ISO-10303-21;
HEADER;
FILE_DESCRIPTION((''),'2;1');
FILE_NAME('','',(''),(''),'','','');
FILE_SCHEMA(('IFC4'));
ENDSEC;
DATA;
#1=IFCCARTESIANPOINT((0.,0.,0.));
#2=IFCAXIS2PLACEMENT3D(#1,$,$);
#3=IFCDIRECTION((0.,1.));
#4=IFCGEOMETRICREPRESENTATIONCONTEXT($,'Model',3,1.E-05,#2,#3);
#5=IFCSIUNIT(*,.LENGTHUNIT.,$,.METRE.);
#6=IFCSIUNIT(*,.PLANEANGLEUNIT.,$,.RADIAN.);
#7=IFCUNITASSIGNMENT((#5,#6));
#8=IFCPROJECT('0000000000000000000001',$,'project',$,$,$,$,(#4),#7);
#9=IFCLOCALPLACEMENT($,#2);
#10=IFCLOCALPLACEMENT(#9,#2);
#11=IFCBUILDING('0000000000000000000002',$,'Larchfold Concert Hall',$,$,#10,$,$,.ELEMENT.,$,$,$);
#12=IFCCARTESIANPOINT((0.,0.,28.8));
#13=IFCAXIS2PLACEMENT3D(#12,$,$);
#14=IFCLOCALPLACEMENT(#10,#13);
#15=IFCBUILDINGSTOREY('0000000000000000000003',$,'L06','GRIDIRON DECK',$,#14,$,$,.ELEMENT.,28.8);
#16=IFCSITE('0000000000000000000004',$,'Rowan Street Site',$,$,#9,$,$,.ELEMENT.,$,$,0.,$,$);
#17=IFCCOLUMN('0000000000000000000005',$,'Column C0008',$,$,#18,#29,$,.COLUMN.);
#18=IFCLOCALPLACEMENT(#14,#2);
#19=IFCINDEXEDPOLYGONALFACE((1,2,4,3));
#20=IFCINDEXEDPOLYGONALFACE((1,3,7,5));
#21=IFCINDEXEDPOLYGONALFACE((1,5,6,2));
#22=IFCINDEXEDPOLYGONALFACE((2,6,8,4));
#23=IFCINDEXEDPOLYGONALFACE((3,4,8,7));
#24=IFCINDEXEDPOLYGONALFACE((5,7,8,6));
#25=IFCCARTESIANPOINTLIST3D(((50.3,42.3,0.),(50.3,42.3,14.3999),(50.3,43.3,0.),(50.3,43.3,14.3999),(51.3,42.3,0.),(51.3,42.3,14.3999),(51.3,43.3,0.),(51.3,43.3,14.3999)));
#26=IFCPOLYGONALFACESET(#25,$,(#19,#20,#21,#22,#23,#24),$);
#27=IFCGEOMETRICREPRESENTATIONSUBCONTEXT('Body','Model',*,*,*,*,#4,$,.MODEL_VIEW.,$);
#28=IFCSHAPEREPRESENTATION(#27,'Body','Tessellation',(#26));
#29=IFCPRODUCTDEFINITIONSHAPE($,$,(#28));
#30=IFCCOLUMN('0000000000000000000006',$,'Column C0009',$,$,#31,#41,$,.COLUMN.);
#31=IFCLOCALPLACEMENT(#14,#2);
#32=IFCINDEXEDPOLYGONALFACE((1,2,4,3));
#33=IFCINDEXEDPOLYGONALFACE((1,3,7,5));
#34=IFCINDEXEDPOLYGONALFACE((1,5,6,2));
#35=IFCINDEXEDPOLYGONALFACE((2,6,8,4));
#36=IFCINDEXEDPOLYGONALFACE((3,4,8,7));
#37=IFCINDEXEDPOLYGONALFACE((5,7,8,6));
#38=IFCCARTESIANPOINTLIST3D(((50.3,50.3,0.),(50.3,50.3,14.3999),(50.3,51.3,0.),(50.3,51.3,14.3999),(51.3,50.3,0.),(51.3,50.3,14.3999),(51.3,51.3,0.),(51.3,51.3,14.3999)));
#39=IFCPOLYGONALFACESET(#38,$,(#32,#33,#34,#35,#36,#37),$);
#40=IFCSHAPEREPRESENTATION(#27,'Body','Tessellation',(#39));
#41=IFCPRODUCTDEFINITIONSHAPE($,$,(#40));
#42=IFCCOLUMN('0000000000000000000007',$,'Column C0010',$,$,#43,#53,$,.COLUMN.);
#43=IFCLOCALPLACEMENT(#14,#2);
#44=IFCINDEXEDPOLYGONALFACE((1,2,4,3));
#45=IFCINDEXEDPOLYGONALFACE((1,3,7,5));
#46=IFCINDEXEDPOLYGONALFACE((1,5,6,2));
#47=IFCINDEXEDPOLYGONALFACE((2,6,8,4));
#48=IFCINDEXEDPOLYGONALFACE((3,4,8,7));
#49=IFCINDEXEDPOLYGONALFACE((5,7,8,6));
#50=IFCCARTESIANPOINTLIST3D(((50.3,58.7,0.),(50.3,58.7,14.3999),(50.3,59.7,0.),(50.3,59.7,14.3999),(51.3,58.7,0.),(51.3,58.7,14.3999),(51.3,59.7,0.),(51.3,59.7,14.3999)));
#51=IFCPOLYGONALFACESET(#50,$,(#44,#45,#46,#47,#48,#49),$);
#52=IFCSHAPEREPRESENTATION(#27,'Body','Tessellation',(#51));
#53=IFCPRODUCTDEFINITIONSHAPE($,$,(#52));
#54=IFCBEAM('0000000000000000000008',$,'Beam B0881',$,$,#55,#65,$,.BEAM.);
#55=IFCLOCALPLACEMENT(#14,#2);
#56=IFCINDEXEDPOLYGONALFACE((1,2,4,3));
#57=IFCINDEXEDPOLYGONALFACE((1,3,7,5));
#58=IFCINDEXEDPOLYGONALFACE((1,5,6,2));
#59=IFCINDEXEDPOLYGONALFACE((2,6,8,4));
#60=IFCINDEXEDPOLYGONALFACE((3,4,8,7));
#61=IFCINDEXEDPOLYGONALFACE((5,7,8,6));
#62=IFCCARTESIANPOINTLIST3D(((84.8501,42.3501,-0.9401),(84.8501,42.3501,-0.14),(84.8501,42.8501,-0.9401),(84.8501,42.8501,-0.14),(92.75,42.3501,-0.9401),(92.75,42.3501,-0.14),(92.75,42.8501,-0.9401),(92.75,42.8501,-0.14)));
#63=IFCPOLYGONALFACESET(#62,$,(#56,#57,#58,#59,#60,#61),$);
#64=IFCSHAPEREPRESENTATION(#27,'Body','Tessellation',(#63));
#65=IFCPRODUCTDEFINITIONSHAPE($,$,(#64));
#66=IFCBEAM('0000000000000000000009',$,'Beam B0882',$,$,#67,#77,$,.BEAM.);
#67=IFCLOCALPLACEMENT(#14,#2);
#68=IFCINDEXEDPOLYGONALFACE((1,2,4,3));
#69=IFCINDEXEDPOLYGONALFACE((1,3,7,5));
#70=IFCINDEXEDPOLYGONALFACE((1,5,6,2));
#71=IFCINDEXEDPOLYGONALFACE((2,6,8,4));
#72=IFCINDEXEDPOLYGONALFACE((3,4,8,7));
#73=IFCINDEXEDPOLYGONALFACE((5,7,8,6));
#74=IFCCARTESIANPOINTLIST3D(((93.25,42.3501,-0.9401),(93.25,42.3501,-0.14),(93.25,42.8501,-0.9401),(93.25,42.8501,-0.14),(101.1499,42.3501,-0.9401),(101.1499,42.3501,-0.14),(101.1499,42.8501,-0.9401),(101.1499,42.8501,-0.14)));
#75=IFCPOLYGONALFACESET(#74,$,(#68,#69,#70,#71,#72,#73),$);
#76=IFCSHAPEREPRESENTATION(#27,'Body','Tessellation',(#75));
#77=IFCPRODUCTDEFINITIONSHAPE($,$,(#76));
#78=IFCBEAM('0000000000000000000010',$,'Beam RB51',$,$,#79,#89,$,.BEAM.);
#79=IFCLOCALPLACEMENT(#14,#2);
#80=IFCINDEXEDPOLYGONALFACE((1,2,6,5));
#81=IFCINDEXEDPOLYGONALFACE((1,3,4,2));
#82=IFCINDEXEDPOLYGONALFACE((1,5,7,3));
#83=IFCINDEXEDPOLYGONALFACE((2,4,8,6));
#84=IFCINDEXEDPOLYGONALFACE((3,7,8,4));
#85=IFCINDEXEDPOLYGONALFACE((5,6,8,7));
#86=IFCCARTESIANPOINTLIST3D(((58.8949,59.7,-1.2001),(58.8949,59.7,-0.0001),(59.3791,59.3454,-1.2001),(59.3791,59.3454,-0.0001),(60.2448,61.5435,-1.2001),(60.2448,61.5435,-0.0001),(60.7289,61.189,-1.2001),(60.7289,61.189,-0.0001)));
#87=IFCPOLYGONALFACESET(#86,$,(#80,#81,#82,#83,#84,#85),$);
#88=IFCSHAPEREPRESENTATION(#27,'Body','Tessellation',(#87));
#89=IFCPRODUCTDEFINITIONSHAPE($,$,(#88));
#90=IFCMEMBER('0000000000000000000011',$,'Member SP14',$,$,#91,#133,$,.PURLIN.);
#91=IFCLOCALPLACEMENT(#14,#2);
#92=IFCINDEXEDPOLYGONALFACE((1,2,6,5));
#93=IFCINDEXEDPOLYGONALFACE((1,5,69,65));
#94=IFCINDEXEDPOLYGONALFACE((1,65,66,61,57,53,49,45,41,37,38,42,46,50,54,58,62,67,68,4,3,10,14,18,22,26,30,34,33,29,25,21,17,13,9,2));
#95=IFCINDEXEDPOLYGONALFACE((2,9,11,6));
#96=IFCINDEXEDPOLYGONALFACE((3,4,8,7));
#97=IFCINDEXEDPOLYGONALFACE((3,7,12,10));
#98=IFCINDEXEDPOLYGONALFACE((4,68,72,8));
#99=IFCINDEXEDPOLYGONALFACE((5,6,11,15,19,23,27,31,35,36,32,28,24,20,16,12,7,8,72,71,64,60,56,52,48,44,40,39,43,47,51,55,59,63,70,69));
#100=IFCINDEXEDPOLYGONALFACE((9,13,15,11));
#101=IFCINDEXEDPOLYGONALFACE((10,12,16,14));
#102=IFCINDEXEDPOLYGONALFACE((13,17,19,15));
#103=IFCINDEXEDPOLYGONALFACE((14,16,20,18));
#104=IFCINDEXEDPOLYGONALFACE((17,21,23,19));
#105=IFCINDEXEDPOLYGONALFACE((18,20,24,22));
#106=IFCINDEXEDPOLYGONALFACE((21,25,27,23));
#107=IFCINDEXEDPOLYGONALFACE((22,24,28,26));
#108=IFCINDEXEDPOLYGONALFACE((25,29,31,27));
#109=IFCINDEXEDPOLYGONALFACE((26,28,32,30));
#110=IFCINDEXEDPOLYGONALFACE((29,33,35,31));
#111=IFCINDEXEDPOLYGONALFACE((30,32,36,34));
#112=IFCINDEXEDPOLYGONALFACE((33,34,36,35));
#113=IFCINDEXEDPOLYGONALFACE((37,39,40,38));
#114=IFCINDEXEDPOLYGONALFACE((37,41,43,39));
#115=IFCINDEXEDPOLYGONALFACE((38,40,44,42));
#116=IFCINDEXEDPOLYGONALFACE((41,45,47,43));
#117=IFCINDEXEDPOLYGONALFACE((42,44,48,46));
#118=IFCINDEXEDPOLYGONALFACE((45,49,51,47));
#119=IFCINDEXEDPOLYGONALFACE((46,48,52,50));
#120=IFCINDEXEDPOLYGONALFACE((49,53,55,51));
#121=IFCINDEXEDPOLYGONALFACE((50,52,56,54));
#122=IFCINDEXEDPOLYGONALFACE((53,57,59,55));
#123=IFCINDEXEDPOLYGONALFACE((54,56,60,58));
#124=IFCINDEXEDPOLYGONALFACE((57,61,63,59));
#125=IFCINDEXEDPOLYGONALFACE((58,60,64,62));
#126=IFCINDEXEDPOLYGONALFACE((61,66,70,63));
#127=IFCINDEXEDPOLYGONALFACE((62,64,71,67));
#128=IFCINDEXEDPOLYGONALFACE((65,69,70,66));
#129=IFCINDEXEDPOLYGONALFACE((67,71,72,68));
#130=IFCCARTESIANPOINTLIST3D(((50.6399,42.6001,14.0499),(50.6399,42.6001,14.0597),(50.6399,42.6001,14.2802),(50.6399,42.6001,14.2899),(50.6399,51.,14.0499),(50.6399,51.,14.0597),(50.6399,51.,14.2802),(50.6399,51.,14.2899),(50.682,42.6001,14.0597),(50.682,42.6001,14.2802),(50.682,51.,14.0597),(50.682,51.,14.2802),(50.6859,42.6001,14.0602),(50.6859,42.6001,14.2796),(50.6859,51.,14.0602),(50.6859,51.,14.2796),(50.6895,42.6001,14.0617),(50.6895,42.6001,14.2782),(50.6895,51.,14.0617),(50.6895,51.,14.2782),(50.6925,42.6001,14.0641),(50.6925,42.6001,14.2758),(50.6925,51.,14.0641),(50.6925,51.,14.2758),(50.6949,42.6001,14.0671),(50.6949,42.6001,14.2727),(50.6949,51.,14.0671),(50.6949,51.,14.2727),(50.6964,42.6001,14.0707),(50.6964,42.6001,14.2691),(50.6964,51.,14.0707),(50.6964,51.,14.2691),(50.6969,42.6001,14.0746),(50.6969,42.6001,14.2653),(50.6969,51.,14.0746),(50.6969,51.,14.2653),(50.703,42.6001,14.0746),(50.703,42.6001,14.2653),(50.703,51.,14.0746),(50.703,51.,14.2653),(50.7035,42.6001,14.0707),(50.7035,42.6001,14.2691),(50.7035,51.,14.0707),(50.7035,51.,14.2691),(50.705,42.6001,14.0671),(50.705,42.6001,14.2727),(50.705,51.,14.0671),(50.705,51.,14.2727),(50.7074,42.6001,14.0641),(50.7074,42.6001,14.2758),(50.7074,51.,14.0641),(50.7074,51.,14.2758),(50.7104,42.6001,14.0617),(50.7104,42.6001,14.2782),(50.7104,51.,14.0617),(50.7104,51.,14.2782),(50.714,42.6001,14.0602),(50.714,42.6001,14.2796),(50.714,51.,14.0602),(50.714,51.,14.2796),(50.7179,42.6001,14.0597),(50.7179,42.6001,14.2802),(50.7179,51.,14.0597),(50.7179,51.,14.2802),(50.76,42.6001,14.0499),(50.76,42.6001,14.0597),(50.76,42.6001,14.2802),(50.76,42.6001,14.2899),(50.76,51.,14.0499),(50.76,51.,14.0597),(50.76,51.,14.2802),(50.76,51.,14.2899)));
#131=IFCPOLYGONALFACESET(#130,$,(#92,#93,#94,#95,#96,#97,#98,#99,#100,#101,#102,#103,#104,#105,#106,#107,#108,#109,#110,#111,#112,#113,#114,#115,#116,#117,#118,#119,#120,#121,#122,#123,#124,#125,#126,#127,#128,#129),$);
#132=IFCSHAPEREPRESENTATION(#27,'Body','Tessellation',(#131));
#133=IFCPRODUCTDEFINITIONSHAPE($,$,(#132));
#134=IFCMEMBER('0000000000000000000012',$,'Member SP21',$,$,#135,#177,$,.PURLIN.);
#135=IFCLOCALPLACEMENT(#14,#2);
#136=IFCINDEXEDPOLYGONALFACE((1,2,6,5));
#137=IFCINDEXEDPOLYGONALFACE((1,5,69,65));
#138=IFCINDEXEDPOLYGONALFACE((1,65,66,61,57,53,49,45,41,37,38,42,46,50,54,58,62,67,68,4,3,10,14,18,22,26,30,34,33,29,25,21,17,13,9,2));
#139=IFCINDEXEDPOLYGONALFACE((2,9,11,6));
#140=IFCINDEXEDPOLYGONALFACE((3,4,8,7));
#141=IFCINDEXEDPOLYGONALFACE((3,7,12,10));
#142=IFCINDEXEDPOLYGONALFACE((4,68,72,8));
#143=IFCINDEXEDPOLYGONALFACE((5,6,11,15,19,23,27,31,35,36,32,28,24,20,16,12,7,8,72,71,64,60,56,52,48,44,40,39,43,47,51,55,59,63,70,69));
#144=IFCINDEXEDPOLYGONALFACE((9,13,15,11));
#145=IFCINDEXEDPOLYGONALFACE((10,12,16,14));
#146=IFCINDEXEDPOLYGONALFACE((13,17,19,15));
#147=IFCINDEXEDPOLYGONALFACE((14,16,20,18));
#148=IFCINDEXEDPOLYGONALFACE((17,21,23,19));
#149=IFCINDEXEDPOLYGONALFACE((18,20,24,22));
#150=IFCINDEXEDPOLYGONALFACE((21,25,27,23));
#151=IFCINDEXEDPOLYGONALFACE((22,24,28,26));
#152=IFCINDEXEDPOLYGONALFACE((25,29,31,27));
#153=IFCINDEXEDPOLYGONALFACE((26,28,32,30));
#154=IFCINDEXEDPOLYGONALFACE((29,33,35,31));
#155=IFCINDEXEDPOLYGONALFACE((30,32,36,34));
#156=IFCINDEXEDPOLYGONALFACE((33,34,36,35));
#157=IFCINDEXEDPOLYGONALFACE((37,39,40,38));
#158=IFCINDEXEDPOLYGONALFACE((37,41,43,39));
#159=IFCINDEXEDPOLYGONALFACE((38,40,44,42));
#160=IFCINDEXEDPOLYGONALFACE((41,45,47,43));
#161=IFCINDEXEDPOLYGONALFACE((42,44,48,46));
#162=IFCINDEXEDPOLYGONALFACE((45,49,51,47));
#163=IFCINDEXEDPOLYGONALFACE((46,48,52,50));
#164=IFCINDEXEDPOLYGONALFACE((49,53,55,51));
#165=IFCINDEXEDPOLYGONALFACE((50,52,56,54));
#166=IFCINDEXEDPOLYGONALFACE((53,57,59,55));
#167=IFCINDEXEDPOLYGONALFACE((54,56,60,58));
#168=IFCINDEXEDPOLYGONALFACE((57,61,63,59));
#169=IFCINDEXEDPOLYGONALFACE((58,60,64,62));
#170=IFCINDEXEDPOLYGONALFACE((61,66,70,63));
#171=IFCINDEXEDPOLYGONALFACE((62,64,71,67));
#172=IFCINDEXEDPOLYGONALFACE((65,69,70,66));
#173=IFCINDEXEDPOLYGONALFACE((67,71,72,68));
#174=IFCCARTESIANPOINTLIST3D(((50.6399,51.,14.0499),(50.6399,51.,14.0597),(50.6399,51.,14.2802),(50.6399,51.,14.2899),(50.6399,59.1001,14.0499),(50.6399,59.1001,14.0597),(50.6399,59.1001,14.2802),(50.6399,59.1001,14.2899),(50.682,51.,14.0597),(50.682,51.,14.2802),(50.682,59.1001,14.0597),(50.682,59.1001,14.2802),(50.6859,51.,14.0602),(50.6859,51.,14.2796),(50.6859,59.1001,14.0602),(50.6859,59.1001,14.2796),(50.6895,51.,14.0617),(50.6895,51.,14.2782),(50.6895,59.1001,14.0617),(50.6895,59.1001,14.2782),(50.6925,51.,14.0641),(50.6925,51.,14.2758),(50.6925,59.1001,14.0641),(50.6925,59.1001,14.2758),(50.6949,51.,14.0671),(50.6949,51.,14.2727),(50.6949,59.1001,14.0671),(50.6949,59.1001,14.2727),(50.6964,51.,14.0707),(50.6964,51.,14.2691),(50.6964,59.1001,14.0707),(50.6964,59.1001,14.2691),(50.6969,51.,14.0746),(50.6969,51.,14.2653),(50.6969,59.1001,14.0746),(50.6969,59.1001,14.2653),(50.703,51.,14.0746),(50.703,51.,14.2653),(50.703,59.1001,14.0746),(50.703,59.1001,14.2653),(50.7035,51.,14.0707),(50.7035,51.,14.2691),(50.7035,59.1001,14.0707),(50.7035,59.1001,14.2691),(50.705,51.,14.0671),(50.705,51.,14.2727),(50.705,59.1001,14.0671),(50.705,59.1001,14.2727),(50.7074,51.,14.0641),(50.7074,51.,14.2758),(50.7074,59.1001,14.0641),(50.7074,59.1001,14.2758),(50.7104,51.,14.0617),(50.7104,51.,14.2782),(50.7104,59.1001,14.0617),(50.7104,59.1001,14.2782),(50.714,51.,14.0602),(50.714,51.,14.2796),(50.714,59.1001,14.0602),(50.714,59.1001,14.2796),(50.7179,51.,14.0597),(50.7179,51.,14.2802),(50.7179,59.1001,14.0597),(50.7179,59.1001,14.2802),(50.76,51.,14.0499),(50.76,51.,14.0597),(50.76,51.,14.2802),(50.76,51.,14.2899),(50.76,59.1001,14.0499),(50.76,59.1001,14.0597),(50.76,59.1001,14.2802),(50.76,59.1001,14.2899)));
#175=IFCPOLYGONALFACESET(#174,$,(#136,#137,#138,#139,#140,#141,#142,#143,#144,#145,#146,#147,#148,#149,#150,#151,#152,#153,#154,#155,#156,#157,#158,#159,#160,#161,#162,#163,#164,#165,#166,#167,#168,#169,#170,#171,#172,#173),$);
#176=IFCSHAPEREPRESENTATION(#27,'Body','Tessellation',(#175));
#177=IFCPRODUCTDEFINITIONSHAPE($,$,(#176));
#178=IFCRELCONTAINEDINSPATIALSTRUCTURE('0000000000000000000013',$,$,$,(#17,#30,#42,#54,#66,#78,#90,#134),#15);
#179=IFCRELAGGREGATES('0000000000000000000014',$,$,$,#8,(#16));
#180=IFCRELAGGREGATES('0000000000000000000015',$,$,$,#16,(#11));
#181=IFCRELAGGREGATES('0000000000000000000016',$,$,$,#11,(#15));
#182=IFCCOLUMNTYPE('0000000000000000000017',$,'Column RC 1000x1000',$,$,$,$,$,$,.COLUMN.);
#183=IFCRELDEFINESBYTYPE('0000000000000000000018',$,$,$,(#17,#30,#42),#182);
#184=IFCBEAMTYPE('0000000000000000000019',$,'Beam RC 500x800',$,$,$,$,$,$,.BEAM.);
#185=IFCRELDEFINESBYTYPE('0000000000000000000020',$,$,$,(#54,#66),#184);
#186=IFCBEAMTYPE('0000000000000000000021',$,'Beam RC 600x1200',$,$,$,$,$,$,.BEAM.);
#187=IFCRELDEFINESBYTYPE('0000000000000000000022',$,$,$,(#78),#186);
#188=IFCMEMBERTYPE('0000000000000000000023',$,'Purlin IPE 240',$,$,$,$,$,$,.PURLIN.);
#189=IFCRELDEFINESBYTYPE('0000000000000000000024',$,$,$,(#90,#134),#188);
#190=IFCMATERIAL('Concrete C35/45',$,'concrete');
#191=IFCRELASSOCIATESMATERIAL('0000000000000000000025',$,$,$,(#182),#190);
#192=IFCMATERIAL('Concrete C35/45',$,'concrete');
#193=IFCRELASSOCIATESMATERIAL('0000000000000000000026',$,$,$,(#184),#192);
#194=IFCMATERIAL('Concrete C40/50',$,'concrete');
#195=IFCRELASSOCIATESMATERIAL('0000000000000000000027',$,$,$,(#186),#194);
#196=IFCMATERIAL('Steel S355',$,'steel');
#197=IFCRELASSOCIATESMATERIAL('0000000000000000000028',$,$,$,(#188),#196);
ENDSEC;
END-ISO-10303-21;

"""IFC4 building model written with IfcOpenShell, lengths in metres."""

from ifc_helpers import new_model, si_unit, direction, frame, origin, origin_2d, place, context, subcontext, project, spatial, rectangle, i_section, extrude, material, material_profile, profile_set, type_object, element, save


model = new_model("IFC4")

# Units and contexts
model_context = context("Model", 3, precision=1e-05, world=origin(), true_north=direction((0.0, 1.0)))
body_context = subcontext(model_context, "Body", "Model", "MODEL_VIEW")
ifc_project = project(units=[si_unit("LENGTHUNIT", "METRE"), si_unit("PLANEANGLEUNIT", "RADIAN")], contexts=[model_context])

# Site, building, storey
site_placement = place(None, origin())
site = spatial("IfcSite", under=ifc_project, at=site_placement, Name="Rowan Street Site", CompositionType="ELEMENT", RefElevation=0.0)
building_placement = place(site_placement, origin())
building = spatial("IfcBuilding", under=site, at=building_placement, Name="Larchfold Concert Hall", CompositionType="ELEMENT")
storey_placement = place(building_placement, frame((0.0, 0.0, 28.8)))
storey = spatial("IfcBuildingStorey", under=building, at=storey_placement, Name="L06", Description="GRIDIRON DECK", CompositionType="ELEMENT", Elevation=28.8)

# Columns
ifc_material_1 = material(Name="Concrete C35/45", Category="concrete")
ifc_material_profile_1 = material_profile(ifc_material_1, rectangle(XDim=1.0, YDim=1.0, at=origin_2d()))
ifc_profile_set_1 = profile_set([ifc_material_profile_1], Name="Concrete C35/45")
column_type = type_object("IfcColumnType", Name="Column RC 1000x1000", PredefinedType="COLUMN", material=ifc_profile_set_1)
for number, where, z_axis, x_axis, name in (
    (1, (50.8, 42.8, 0.0), (0.0, 0.0, 1.0), (1.0, 0.0, 0.0), "Column C0008"),
    (2, (50.8, 50.8, 0.0), (0.0, 0.0, 1.0), (1.0, 0.0, 0.0), "Column C0009"),
    (3, (50.8, 59.2, 0.0), (0.0, 0.0, 1.0), (1.0, 0.0, 0.0), "Column C0010"),
):
    element("IfcColumn", number, at=place(storey_placement, frame(where, z_axis=z_axis, x_axis=x_axis)), inside=storey, type_object=column_type, Name=name, PredefinedType="COLUMN", context=body_context, shape_type="SweptSolid", body=[
        extrude(rectangle(XDim=1.0, YDim=1.0, at=origin_2d()), origin(), (0.0, 0.0, 1.0), 14.3999),
    ])

# Beams
ifc_material_2 = material(Name="Concrete C35/45", Category="concrete")
ifc_material_profile_2 = material_profile(ifc_material_2, rectangle(XDim=0.5, YDim=0.8, at=origin_2d()))
ifc_profile_set_2 = profile_set([ifc_material_profile_2], Name="Concrete C35/45")
beam_type_1 = type_object("IfcBeamType", Name="Beam RC 500x800", PredefinedType="BEAM", material=ifc_profile_set_2)
for number, where, z_axis, x_axis, name in (
    (4, (84.8501, 42.6001, -0.54), (1.0, 0.0, 0.0), (0.0, 1.0, 0.0), "Beam B0881"),
    (5, (93.25, 42.6001, -0.54), (1.0, 0.0, 0.0), (0.0, 1.0, 0.0), "Beam B0882"),
):
    element("IfcBeam", number, at=place(storey_placement, frame(where, z_axis=z_axis, x_axis=x_axis)), inside=storey, type_object=beam_type_1, Name=name, PredefinedType="BEAM", context=body_context, shape_type="SweptSolid", body=[
        extrude(rectangle(XDim=0.5, YDim=0.8, at=origin_2d()), origin(), (0.0, 0.0, 1.0), 7.8999),
    ])
ifc_material_3 = material(Name="Concrete C40/50", Category="concrete")
ifc_material_profile_3 = material_profile(ifc_material_3, rectangle(XDim=0.6001, YDim=1.2, at=origin_2d()))
ifc_profile_set_3 = profile_set([ifc_material_profile_3], Name="Concrete C40/50")
beam_type_2 = type_object("IfcBeamType", Name="Beam RC 600x1200", PredefinedType="BEAM", material=ifc_profile_set_3)
beam_placement = place(storey_placement, frame((59.137, 59.5227, -0.6001), z_axis=(0.59078, 0.806833, 0.0), x_axis=(-0.806833, 0.59078, 0.0)))
element("IfcBeam", 6, at=beam_placement, inside=storey, type_object=beam_type_2, Name="Beam RB51", PredefinedType="BEAM", context=body_context, shape_type="SweptSolid", body=[
    extrude(rectangle(XDim=0.6001, YDim=1.2, at=origin_2d()), origin(), (0.0, 0.0, 1.0), 2.2849),
])

# Members
ifc_material_4 = material(Name="Steel S355", Category="steel")
ifc_material_profile_4 = material_profile(ifc_material_4, i_section(OverallWidth=0.1201, OverallDepth=0.24, WebThickness=0.0061, FlangeThickness=0.0098, FilletRadius=0.0149, at=origin_2d()))
ifc_profile_set_4 = profile_set([ifc_material_profile_4], Name="Steel S355")
member_type_1 = type_object("IfcMemberType", Name="Purlin IPE 240", PredefinedType="PURLIN", material=ifc_profile_set_4)
member_1_placement = place(storey_placement, frame((50.7, 42.6001, 14.1699), z_axis=(0.0, 1.0, 0.0), x_axis=(-1.0, 0.0, 0.0)))
element("IfcMember", 7, at=member_1_placement, inside=storey, type_object=member_type_1, Name="Member SP14", PredefinedType="PURLIN", context=body_context, shape_type="SweptSolid", body=[
    extrude(i_section(OverallWidth=0.1201, OverallDepth=0.24, WebThickness=0.0061, FlangeThickness=0.0098, FilletRadius=0.0149, at=origin_2d()), origin(), (0.0, 0.0, 1.0), 8.3999),
])
member_2_placement = place(storey_placement, frame((50.7, 51.0, 14.1699), z_axis=(0.0, 1.0, 0.0), x_axis=(-1.0, 0.0, 0.0)))
element("IfcMember", 8, at=member_2_placement, inside=storey, type_object=member_type_1, Name="Member SP21", PredefinedType="PURLIN", context=body_context, shape_type="SweptSolid", body=[
    extrude(i_section(OverallWidth=0.1201, OverallDepth=0.24, WebThickness=0.0061, FlangeThickness=0.0098, FilletRadius=0.0149, at=origin_2d()), origin(), (0.0, 0.0, 1.0), 8.1001),
])

save(model, "model.ifc")
